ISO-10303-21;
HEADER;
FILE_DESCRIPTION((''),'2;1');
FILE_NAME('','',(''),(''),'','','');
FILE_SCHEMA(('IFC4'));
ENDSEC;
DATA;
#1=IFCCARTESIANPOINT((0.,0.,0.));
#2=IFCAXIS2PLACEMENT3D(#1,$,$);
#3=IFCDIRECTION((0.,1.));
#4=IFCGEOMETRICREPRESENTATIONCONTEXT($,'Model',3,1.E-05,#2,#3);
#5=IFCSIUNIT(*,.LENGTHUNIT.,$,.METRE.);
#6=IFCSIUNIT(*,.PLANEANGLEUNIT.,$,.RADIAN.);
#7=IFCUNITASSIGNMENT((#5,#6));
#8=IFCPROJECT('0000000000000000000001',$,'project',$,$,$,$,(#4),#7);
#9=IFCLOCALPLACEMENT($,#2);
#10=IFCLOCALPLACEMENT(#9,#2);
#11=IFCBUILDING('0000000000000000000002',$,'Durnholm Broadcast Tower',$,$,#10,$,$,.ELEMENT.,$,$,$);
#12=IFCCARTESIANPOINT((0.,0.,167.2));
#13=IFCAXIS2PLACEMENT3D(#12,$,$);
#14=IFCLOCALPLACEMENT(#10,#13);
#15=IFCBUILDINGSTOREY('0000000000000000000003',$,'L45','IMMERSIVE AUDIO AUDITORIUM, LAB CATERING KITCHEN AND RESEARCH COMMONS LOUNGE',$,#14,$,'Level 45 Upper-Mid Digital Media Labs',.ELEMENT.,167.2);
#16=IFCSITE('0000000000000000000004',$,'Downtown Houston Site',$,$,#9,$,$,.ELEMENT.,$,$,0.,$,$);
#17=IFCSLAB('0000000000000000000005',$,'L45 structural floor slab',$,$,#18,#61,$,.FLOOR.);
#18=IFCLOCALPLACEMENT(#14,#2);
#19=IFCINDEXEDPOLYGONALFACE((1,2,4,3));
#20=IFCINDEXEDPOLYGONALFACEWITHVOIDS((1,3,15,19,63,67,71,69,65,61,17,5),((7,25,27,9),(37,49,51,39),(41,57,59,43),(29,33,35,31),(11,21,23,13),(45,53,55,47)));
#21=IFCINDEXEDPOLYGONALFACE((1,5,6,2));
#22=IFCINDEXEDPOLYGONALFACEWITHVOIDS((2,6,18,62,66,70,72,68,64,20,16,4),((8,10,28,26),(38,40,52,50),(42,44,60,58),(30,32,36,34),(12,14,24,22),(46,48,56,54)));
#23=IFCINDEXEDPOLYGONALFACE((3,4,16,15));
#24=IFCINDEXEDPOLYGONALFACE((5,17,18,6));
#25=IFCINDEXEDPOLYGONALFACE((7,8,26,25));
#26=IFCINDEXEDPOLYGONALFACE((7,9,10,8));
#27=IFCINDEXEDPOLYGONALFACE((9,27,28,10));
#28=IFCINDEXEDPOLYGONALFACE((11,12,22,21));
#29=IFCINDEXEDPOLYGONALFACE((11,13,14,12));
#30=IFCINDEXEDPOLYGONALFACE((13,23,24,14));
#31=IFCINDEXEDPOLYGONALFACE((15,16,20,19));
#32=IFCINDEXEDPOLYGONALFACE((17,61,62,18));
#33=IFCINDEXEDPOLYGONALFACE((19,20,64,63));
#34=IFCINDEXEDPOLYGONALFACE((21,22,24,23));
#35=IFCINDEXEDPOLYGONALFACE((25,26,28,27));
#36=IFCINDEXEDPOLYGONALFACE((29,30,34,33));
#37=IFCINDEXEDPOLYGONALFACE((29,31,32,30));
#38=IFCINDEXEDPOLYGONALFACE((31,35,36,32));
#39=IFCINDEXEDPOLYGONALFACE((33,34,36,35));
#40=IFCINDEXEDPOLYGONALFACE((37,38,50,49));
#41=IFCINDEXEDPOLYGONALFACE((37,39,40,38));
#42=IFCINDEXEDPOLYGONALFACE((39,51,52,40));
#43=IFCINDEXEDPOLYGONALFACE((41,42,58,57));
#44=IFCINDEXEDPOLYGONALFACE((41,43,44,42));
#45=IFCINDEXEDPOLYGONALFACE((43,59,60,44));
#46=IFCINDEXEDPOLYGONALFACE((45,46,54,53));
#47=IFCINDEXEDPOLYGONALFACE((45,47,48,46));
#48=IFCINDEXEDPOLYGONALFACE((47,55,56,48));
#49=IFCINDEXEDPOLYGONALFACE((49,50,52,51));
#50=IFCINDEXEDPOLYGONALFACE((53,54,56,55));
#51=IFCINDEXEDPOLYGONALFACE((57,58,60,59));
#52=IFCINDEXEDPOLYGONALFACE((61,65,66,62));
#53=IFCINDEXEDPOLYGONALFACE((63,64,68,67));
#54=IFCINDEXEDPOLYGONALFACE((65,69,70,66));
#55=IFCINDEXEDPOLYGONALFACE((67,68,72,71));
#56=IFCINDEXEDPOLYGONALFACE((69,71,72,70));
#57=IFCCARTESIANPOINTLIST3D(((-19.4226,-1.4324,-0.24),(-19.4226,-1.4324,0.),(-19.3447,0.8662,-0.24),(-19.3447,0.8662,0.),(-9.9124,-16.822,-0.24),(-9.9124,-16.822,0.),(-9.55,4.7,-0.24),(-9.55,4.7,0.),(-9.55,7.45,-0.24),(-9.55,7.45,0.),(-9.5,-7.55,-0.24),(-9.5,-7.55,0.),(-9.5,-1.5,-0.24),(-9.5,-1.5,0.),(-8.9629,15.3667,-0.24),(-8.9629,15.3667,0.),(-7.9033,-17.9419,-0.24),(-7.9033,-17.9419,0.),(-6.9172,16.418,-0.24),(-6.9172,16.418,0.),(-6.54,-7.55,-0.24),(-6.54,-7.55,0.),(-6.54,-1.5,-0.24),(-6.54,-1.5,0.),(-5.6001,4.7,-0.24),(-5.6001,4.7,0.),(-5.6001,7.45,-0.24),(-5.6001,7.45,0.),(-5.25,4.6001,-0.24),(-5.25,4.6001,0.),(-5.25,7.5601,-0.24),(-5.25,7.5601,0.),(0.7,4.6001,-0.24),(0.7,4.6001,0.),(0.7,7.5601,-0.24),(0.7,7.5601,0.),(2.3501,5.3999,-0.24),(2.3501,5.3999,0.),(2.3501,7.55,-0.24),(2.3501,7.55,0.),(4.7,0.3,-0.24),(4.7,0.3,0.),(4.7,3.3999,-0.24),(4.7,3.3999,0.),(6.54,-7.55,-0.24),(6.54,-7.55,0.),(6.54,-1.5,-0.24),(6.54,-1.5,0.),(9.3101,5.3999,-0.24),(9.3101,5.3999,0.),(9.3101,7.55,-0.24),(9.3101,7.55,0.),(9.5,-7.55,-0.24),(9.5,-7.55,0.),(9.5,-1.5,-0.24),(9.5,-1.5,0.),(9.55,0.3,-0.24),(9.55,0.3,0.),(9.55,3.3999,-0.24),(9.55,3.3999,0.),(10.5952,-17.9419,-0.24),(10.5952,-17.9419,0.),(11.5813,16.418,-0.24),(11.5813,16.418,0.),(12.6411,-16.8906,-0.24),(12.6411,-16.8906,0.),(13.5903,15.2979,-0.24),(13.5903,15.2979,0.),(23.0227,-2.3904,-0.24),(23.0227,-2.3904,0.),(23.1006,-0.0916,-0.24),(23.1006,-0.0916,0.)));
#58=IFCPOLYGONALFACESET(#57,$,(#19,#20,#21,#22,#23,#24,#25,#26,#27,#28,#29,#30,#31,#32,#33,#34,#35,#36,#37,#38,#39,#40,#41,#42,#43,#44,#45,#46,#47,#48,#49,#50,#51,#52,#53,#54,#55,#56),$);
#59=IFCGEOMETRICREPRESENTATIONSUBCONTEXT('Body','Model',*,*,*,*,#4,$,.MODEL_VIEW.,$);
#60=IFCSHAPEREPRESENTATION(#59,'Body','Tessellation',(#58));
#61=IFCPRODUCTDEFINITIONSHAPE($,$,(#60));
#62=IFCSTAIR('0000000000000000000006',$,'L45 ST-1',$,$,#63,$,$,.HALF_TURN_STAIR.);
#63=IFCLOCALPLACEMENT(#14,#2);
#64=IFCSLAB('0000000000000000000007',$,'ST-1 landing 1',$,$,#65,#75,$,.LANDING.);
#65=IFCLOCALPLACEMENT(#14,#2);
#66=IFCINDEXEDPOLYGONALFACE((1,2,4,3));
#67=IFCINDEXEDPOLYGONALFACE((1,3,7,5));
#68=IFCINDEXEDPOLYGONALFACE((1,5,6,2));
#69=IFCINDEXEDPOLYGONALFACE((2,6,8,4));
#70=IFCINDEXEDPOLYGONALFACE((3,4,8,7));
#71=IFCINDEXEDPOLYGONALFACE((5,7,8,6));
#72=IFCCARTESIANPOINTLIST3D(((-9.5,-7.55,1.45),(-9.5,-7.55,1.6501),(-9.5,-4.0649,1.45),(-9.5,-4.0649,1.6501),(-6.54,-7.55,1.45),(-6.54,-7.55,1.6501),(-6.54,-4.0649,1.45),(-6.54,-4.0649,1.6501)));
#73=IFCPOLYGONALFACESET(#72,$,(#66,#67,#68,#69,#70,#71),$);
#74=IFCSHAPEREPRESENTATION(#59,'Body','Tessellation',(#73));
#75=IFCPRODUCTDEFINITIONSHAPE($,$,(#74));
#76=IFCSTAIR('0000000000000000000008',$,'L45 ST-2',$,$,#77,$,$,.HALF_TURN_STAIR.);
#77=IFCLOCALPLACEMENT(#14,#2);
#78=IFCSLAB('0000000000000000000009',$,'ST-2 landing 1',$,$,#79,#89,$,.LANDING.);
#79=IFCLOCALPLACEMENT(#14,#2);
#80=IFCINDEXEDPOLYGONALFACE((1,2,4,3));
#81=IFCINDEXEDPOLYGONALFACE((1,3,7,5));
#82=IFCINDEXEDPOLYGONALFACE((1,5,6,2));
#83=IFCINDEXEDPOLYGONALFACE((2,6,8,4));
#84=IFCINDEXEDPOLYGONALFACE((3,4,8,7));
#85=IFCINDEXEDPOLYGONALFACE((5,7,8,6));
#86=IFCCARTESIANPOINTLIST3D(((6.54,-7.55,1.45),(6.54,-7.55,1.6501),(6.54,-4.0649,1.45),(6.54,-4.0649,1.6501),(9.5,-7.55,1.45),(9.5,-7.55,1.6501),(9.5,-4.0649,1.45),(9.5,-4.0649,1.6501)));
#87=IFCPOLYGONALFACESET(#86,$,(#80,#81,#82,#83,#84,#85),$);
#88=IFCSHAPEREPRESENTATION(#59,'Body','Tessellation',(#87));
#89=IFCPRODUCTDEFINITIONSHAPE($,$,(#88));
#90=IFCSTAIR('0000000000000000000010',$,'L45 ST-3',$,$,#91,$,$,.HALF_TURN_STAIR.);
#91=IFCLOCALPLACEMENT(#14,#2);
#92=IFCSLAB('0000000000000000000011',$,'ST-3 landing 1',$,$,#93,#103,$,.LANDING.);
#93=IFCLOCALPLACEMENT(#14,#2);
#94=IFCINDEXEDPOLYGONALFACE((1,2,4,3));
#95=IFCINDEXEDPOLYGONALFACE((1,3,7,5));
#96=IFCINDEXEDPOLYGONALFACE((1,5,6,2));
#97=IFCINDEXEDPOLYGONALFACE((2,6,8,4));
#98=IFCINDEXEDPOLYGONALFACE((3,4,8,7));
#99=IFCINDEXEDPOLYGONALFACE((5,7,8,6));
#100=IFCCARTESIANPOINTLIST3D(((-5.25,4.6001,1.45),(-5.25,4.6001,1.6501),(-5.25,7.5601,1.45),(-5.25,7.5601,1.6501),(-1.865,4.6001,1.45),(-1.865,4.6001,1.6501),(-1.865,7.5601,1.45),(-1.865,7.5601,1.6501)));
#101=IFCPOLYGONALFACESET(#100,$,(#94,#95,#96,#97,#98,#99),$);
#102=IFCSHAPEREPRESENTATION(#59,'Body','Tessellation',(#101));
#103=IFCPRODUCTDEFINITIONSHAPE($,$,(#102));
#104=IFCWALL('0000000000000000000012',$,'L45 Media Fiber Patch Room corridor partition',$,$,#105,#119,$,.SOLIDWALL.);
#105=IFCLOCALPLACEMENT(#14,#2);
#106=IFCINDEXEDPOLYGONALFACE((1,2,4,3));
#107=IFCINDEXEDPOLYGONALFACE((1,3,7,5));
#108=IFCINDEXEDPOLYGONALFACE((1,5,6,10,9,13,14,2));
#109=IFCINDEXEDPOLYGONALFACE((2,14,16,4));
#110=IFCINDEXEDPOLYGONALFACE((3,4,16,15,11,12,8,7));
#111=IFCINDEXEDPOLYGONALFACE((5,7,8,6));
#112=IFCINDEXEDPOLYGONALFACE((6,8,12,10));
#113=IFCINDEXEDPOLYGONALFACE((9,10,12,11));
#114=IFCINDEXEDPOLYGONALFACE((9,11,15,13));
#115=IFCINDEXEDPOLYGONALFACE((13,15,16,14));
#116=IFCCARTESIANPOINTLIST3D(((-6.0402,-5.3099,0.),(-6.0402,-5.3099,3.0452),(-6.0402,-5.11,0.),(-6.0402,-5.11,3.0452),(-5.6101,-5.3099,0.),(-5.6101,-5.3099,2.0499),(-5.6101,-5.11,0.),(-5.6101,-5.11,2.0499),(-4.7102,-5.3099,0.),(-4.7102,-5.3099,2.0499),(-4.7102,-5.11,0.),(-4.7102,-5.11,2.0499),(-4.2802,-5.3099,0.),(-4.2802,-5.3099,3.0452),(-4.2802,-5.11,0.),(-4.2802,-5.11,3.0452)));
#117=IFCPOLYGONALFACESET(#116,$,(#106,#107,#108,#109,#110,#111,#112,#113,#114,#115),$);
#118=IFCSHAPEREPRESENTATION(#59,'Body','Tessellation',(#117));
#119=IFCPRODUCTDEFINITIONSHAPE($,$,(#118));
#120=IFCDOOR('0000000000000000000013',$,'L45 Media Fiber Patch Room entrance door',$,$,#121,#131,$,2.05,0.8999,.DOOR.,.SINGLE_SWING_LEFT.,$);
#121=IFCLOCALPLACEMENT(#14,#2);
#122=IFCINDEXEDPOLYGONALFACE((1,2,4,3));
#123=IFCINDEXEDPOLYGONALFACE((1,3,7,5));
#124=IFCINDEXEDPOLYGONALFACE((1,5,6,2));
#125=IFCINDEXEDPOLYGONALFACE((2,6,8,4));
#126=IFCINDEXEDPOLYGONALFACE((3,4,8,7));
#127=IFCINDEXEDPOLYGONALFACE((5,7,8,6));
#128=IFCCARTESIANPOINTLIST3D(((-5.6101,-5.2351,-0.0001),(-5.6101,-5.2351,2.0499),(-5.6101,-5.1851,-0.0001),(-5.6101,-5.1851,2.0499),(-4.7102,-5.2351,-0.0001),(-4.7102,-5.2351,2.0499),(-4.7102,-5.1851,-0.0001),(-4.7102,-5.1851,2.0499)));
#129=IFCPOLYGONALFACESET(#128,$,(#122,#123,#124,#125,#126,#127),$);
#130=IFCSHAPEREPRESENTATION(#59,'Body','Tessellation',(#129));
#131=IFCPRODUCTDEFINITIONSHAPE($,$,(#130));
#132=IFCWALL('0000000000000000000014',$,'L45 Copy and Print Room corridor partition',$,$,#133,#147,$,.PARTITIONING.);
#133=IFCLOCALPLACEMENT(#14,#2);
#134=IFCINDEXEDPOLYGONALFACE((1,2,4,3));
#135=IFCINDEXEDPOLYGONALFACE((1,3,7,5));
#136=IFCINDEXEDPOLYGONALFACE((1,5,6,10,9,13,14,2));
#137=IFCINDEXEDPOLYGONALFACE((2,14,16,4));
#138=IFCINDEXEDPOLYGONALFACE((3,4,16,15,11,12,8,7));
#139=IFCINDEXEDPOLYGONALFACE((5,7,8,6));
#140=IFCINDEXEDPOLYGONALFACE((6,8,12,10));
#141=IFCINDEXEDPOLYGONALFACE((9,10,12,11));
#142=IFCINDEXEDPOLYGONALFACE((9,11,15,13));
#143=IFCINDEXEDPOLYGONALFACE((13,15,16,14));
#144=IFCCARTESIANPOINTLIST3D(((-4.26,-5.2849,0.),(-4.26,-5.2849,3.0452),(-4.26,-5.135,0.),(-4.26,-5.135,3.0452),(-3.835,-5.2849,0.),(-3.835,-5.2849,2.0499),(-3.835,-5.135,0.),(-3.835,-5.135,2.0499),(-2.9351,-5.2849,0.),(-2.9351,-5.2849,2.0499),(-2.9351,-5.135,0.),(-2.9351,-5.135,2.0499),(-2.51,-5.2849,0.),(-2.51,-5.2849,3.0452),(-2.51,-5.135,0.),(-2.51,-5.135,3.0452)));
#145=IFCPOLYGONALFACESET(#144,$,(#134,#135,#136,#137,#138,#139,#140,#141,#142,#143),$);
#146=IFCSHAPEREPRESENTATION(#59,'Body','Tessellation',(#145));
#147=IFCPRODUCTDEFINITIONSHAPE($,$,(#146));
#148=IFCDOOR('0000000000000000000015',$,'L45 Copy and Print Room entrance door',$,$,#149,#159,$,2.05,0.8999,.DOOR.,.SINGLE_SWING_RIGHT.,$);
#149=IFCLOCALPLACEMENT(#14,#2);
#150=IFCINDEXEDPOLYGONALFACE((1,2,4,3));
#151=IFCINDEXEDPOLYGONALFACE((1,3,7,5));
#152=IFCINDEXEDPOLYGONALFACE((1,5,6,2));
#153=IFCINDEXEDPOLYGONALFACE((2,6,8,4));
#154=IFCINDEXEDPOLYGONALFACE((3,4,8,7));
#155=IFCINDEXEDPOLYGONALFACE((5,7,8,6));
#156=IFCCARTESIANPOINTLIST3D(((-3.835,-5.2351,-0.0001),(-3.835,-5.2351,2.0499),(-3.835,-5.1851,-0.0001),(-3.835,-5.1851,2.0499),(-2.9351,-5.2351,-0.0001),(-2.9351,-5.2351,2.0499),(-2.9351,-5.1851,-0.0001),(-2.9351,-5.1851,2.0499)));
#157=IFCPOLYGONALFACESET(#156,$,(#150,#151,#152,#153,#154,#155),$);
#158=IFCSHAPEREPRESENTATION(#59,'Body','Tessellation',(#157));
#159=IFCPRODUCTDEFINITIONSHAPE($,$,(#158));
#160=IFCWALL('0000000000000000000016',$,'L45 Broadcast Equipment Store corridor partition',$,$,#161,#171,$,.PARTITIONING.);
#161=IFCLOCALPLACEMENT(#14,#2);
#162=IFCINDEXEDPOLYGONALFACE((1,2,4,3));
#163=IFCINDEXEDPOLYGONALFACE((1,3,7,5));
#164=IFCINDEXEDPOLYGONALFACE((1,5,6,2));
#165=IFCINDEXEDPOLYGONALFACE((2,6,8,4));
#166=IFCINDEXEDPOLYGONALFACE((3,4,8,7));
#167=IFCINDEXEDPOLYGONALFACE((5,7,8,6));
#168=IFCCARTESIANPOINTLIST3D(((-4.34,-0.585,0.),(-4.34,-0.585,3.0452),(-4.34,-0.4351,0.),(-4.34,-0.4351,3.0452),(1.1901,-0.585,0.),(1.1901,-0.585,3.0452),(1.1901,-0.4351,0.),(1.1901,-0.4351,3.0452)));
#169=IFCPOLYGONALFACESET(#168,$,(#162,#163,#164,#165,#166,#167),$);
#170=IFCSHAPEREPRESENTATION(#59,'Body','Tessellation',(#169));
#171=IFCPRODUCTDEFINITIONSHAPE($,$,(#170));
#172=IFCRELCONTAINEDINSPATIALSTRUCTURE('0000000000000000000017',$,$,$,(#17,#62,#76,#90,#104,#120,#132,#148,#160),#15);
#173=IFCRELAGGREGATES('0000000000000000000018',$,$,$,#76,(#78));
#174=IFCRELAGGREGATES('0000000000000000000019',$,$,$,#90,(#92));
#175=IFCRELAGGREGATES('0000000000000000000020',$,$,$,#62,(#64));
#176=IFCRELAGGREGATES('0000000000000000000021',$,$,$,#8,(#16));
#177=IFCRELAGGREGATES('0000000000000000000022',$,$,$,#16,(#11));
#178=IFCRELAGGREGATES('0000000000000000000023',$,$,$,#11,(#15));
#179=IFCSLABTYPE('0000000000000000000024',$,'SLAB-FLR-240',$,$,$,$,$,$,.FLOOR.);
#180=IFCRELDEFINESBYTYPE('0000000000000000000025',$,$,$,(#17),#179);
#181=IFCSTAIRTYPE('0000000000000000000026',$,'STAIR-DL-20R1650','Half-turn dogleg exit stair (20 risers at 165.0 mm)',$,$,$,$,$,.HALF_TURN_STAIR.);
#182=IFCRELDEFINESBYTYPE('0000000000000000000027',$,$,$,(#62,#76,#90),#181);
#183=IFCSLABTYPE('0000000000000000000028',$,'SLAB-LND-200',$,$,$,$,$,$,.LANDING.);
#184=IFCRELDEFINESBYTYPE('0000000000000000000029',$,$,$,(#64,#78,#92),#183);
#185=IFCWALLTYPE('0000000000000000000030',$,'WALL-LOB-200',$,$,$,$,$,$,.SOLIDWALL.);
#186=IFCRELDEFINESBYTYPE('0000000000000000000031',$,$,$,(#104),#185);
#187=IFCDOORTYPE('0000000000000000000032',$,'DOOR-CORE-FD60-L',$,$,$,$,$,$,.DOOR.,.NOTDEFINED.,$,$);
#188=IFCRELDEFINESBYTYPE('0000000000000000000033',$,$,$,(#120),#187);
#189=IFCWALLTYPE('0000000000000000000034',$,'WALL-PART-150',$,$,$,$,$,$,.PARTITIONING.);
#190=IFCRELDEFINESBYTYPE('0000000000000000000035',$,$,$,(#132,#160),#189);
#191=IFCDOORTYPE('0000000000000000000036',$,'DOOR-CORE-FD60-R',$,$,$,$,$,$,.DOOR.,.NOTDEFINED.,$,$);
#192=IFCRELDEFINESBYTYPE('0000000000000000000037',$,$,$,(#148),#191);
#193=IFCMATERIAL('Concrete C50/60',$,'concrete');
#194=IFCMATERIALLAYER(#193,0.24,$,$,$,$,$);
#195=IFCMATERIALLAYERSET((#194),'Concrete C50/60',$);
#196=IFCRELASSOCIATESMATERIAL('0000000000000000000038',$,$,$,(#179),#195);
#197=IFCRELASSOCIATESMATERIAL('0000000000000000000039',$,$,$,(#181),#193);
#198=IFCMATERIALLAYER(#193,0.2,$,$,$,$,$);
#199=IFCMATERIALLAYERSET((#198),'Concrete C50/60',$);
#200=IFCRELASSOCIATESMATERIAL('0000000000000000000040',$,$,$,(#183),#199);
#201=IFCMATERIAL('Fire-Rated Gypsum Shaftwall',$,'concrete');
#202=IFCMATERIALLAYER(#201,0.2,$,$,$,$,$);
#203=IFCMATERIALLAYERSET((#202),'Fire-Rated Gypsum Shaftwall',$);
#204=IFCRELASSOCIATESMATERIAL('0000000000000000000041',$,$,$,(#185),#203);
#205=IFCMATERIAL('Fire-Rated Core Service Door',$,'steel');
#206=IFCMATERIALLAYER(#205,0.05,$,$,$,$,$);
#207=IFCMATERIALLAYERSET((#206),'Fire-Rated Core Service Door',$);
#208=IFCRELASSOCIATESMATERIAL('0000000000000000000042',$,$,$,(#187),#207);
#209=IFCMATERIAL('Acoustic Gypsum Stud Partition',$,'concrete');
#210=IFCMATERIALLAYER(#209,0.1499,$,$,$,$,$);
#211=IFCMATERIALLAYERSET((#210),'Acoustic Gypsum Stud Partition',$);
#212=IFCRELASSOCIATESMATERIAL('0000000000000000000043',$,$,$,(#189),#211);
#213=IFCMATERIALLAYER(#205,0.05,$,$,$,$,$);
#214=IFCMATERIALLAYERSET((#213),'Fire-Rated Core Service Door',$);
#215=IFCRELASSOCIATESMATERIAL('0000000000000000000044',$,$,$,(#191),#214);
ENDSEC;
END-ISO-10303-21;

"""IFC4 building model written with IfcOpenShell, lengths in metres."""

from ifc_helpers import new_model, si_unit, direction, frame, frame_2d, origin, place, context, subcontext, project, spatial, polyline, rectangle, outline, extrude, source, transform, mapped, material, layer, layer_set, type_object, type_shapes, element, fill, aggregate, save


model = new_model("IFC4")

# Units and contexts
model_context = context("Model", 3, precision=1e-05, world=origin(), true_north=direction((0.0, 1.0)))
body_context = subcontext(model_context, "Body", "Model", "MODEL_VIEW")
ifc_project = project(units=[si_unit("LENGTHUNIT", "METRE"), si_unit("PLANEANGLEUNIT", "RADIAN")], contexts=[model_context])

# Site, building, storey
site_placement = place(None, origin())
site = spatial("IfcSite", under=ifc_project, at=site_placement, Name="Downtown Houston Site", CompositionType="ELEMENT", RefElevation=0.0)
building_placement = place(site_placement, origin())
building = spatial("IfcBuilding", under=site, at=building_placement, Name="Durnholm Broadcast Tower", CompositionType="ELEMENT")
storey_placement = place(building_placement, frame((0.0, 0.0, 167.2)))
storey = spatial("IfcBuildingStorey", under=building, at=storey_placement, Name="L45", Description="IMMERSIVE AUDIO AUDITORIUM, LAB CATERING KITCHEN AND RESEARCH COMMONS LOUNGE", LongName="Level 45 Upper-Mid Digital Media Labs", CompositionType="ELEMENT", Elevation=167.2)

# Slab
ifc_material_1 = material(Name="Concrete C50/60", Category="concrete")
ifc_layer_1 = layer(ifc_material_1, 0.24)
ifc_layer_set_1 = layer_set([ifc_layer_1], Name="Concrete C50/60")
slab_type_1 = type_object("IfcSlabType", Name="SLAB-FLR-240", PredefinedType="FLOOR", material=ifc_layer_set_1)
slab_1_placement = place(storey_placement, frame((0.0, 0.0, -0.24)))
element("IfcSlab", 1, at=slab_1_placement, inside=storey, type_object=slab_type_1, Name="L45 structural floor slab", PredefinedType="FLOOR", context=body_context, shape_type="SweptSolid", body=[
    extrude(outline(polyline([(-9.9124, -16.822), (-7.9033, -17.9419), (10.5952, -17.9419), (12.6411, -16.8906), (23.0227, -2.3904), (23.1006, -0.0916), (13.5903, 15.2979), (11.5813, 16.418), (-6.9172, 16.418), (-8.9629, 15.3667), (-19.3447, 0.8662), (-19.4226, -1.4324), (-9.9124, -16.822)]), holes=[polyline([(-6.54, -1.5), (-9.5, -1.5), (-9.5, -7.55), (-6.54, -7.55), (-6.54, -1.5)]), polyline([(9.5, -7.55), (9.5, -1.5), (6.54, -1.5), (6.54, -7.55), (9.5, -7.55)]), polyline([(9.55, 3.3999), (4.7, 3.3999), (4.7, 0.3), (9.55, 0.3), (9.55, 3.3999)]), polyline([(-9.55, 7.45), (-9.55, 4.7), (-5.6001, 4.7), (-5.6001, 7.45), (-9.55, 7.45)]), polyline([(-5.25, 4.6001), (0.7, 4.6001), (0.7, 7.5601), (-5.25, 7.5601), (-5.25, 4.6001)]), polyline([(9.3101, 7.55), (2.3501, 7.55), (2.3501, 5.3999), (9.3101, 5.3999), (9.3101, 7.55)])]), origin(), (0.0, 0.0, 1.0), 0.24),
])

# Stairs, slabs
stair_type = type_object("IfcStairType", Name="STAIR-DL-20R1650", Description="Half-turn dogleg exit stair (20 risers at 165.0 mm)", PredefinedType="HALF_TURN_STAIR", material=ifc_material_1)
stair_1_placement = place(storey_placement, origin())
stair_1 = element("IfcStair", 2, at=stair_1_placement, inside=storey, type_object=stair_type, Name="L45 ST-1", PredefinedType="HALF_TURN_STAIR")
ifc_layer_2 = layer(ifc_material_1, 0.2)
ifc_layer_set_2 = layer_set([ifc_layer_2], Name="Concrete C50/60")
slab_type_2 = type_object("IfcSlabType", Name="SLAB-LND-200", PredefinedType="LANDING", material=ifc_layer_set_2)
slab_2_placement = place(storey_placement, frame((0.0, 0.0, 1.45)))
slab_2 = element("IfcSlab", 3, at=slab_2_placement, type_object=slab_type_2, Name="ST-1 landing 1", PredefinedType="LANDING", context=body_context, shape_type="SweptSolid", body=[
    extrude(outline(polyline([(-9.5, -4.0649), (-9.5, -7.55), (-6.54, -7.55), (-6.54, -4.0649), (-9.5, -4.0649)])), origin(), (0.0, 0.0, 1.0), 0.2002),
])
stair_2_placement = place(storey_placement, origin())
stair_2 = element("IfcStair", 4, at=stair_2_placement, inside=storey, type_object=stair_type, Name="L45 ST-2", PredefinedType="HALF_TURN_STAIR")
slab_3_placement = place(storey_placement, frame((0.0, 0.0, 1.45)))
slab_3 = element("IfcSlab", 5, at=slab_3_placement, type_object=slab_type_2, Name="ST-2 landing 1", PredefinedType="LANDING", context=body_context, shape_type="SweptSolid", body=[
    extrude(outline(polyline([(6.54, -4.0649), (6.54, -7.55), (9.5, -7.55), (9.5, -4.0649), (6.54, -4.0649)])), origin(), (0.0, 0.0, 1.0), 0.2002),
])
aggregate(stair_2, [slab_3])
stair_3_placement = place(storey_placement, origin())
stair_3 = element("IfcStair", 6, at=stair_3_placement, inside=storey, type_object=stair_type, Name="L45 ST-3", PredefinedType="HALF_TURN_STAIR")
slab_4_placement = place(storey_placement, frame((0.0, 0.0, 1.45)))
slab_4 = element("IfcSlab", 7, at=slab_4_placement, type_object=slab_type_2, Name="ST-3 landing 1", PredefinedType="LANDING", context=body_context, shape_type="SweptSolid", body=[
    extrude(outline(polyline([(-1.865, 7.5601), (-5.25, 7.5601), (-5.25, 4.6001), (-1.865, 4.6001), (-1.865, 7.5601)])), origin(), (0.0, 0.0, 1.0), 0.2002),
])
aggregate(stair_3, [slab_4])

# Walls, openings, doors
ifc_material_2 = material(Name="Fire-Rated Gypsum Shaftwall", Category="concrete")
ifc_layer_3 = layer(ifc_material_2, 0.2)
ifc_layer_set_3 = layer_set([ifc_layer_3], Name="Fire-Rated Gypsum Shaftwall")
wall_type_1 = type_object("IfcWallType", Name="WALL-LOB-200", PredefinedType="SOLIDWALL", material=ifc_layer_set_3)
wall_1_placement = place(storey_placement, frame((-6.04, -5.21, 0.0), z_axis=(0.0, 0.0, 1.0), x_axis=(1.0, 0.0, 0.0)))
wall_1 = element("IfcWall", 8, at=wall_1_placement, inside=storey, type_object=wall_type_1, Name="L45 Media Fiber Patch Room corridor partition", PredefinedType="SOLIDWALL", context=body_context, shape_type="SweptSolid", body=[
    extrude(rectangle(XDim=1.76, YDim=0.2, at=frame_2d((0.8799, 0.0))), origin(), (0.0, 0.0, 1.0), 3.0452),
])
opening_1_placement = place(wall_1_placement, frame((0.4299, 0.0, 0.0)))
opening_1 = element("IfcOpeningElement", 9, at=opening_1_placement, cuts=wall_1, PredefinedType="OPENING", context=body_context, shape_type="SweptSolid", body=[
    extrude(rectangle(XDim=0.8999, YDim=2.05, at=frame_2d((0.45, 1.0249))), frame((0.0, 0.1099, 0.0), z_axis=(0.0, -1.0, 0.0), x_axis=(1.0, 0.0, 0.0)), (0.0, 0.0, 1.0), 0.22),
])
ifc_material_3 = material(Name="Fire-Rated Core Service Door", Category="steel")
ifc_layer_4 = layer(ifc_material_3, 0.05)
ifc_layer_set_4 = layer_set([ifc_layer_4], Name="Fire-Rated Core Service Door")
door_type_1 = type_object("IfcDoorType", Name="DOOR-CORE-FD60-L", OperationType="NOTDEFINED", PredefinedType="DOOR", material=ifc_layer_set_4)
shared_shape_1 = source(origin(), body_context, "Body", "SweptSolid", [
    extrude(rectangle(XDim=0.8999, YDim=2.05, at=frame_2d((0.45, 1.0249))), frame((0.0, 0.0249, 0.0), z_axis=(0.0, -1.0, 0.0), x_axis=(1.0, 0.0, 0.0)), (0.0, 0.0, 1.0), 0.05),
])
type_shapes(door_type_1, [shared_shape_1])
door_1_placement = place(opening_1_placement, origin())
door_1 = element("IfcDoor", 10, at=door_1_placement, inside=storey, type_object=door_type_1, Name="L45 Media Fiber Patch Room entrance door", OperationType="SINGLE_SWING_LEFT", OverallHeight=2.05, OverallWidth=0.8999, PredefinedType="DOOR", context=body_context, shape_type="MappedRepresentation", body=[
    mapped(shared_shape_1, transform((0.0, 0.0, 0.0), x_axis=(1.0, 0.0, 0.0), y_axis=(0.0, 1.0, 0.0), z_axis=(0.0, 0.0, 1.0), scale=1.0)),
])
fill(opening_1, door_1)
ifc_material_4 = material(Name="Acoustic Gypsum Stud Partition", Category="concrete")
ifc_layer_5 = layer(ifc_material_4, 0.1499)
ifc_layer_set_5 = layer_set([ifc_layer_5], Name="Acoustic Gypsum Stud Partition")
wall_type_2 = type_object("IfcWallType", Name="WALL-PART-150", PredefinedType="PARTITIONING", material=ifc_layer_set_5)
wall_2_placement = place(storey_placement, frame((-4.26, -5.21, 0.0), z_axis=(0.0, 0.0, 1.0), x_axis=(1.0, 0.0, 0.0)))
wall_2 = element("IfcWall", 11, at=wall_2_placement, inside=storey, type_object=wall_type_2, Name="L45 Copy and Print Room corridor partition", PredefinedType="PARTITIONING", context=body_context, shape_type="SweptSolid", body=[
    extrude(rectangle(XDim=1.75, YDim=0.1499, at=frame_2d((0.875, 0.0))), origin(), (0.0, 0.0, 1.0), 3.0452),
])
opening_2_placement = place(wall_2_placement, frame((0.425, 0.0, 0.0)))
opening_2 = element("IfcOpeningElement", 12, at=opening_2_placement, cuts=wall_2, PredefinedType="OPENING", context=body_context, shape_type="SweptSolid", body=[
    extrude(rectangle(XDim=0.8999, YDim=2.05, at=frame_2d((0.45, 1.0249))), frame((0.0, 0.085, 0.0), z_axis=(0.0, -1.0, 0.0), x_axis=(1.0, 0.0, 0.0)), (0.0, 0.0, 1.0), 0.1699),
])
ifc_layer_6 = layer(ifc_material_3, 0.05)
ifc_layer_set_6 = layer_set([ifc_layer_6], Name="Fire-Rated Core Service Door")
door_type_2 = type_object("IfcDoorType", Name="DOOR-CORE-FD60-R", OperationType="NOTDEFINED", PredefinedType="DOOR", material=ifc_layer_set_6)
shared_shape_2 = source(origin(), body_context, "Body", "SweptSolid", [
    extrude(rectangle(XDim=0.8999, YDim=2.05, at=frame_2d((0.45, 1.0249))), frame((0.0, 0.0249, 0.0), z_axis=(0.0, -1.0, 0.0), x_axis=(1.0, 0.0, 0.0)), (0.0, 0.0, 1.0), 0.05),
])
type_shapes(door_type_2, [shared_shape_2])
door_2_placement = place(opening_2_placement, origin())
door_2 = element("IfcDoor", 13, at=door_2_placement, inside=storey, type_object=door_type_2, Name="L45 Copy and Print Room entrance door", OperationType="SINGLE_SWING_RIGHT", OverallHeight=2.05, OverallWidth=0.8999, PredefinedType="DOOR", context=body_context, shape_type="MappedRepresentation", body=[
    mapped(shared_shape_2, transform((0.0, 0.0, 0.0), x_axis=(1.0, 0.0, 0.0), y_axis=(0.0, 1.0, 0.0), z_axis=(0.0, 0.0, 1.0), scale=1.0)),
])
fill(opening_2, door_2)

# Wall
wall_3_placement = place(storey_placement, frame((-4.3401, -0.51, 0.0), z_axis=(0.0, 0.0, 1.0), x_axis=(1.0, 0.0, 0.0)))
element("IfcWall", 14, at=wall_3_placement, inside=storey, type_object=wall_type_2, Name="L45 Broadcast Equipment Store corridor partition", PredefinedType="PARTITIONING", context=body_context, shape_type="SweptSolid", body=[
    extrude(rectangle(XDim=5.53, YDim=0.1499, at=frame_2d((2.7651, 0.0))), origin(), (0.0, 0.0, 1.0), 3.0452),
])

aggregate(stair_1, [slab_2])

save(model, "model.ifc")
